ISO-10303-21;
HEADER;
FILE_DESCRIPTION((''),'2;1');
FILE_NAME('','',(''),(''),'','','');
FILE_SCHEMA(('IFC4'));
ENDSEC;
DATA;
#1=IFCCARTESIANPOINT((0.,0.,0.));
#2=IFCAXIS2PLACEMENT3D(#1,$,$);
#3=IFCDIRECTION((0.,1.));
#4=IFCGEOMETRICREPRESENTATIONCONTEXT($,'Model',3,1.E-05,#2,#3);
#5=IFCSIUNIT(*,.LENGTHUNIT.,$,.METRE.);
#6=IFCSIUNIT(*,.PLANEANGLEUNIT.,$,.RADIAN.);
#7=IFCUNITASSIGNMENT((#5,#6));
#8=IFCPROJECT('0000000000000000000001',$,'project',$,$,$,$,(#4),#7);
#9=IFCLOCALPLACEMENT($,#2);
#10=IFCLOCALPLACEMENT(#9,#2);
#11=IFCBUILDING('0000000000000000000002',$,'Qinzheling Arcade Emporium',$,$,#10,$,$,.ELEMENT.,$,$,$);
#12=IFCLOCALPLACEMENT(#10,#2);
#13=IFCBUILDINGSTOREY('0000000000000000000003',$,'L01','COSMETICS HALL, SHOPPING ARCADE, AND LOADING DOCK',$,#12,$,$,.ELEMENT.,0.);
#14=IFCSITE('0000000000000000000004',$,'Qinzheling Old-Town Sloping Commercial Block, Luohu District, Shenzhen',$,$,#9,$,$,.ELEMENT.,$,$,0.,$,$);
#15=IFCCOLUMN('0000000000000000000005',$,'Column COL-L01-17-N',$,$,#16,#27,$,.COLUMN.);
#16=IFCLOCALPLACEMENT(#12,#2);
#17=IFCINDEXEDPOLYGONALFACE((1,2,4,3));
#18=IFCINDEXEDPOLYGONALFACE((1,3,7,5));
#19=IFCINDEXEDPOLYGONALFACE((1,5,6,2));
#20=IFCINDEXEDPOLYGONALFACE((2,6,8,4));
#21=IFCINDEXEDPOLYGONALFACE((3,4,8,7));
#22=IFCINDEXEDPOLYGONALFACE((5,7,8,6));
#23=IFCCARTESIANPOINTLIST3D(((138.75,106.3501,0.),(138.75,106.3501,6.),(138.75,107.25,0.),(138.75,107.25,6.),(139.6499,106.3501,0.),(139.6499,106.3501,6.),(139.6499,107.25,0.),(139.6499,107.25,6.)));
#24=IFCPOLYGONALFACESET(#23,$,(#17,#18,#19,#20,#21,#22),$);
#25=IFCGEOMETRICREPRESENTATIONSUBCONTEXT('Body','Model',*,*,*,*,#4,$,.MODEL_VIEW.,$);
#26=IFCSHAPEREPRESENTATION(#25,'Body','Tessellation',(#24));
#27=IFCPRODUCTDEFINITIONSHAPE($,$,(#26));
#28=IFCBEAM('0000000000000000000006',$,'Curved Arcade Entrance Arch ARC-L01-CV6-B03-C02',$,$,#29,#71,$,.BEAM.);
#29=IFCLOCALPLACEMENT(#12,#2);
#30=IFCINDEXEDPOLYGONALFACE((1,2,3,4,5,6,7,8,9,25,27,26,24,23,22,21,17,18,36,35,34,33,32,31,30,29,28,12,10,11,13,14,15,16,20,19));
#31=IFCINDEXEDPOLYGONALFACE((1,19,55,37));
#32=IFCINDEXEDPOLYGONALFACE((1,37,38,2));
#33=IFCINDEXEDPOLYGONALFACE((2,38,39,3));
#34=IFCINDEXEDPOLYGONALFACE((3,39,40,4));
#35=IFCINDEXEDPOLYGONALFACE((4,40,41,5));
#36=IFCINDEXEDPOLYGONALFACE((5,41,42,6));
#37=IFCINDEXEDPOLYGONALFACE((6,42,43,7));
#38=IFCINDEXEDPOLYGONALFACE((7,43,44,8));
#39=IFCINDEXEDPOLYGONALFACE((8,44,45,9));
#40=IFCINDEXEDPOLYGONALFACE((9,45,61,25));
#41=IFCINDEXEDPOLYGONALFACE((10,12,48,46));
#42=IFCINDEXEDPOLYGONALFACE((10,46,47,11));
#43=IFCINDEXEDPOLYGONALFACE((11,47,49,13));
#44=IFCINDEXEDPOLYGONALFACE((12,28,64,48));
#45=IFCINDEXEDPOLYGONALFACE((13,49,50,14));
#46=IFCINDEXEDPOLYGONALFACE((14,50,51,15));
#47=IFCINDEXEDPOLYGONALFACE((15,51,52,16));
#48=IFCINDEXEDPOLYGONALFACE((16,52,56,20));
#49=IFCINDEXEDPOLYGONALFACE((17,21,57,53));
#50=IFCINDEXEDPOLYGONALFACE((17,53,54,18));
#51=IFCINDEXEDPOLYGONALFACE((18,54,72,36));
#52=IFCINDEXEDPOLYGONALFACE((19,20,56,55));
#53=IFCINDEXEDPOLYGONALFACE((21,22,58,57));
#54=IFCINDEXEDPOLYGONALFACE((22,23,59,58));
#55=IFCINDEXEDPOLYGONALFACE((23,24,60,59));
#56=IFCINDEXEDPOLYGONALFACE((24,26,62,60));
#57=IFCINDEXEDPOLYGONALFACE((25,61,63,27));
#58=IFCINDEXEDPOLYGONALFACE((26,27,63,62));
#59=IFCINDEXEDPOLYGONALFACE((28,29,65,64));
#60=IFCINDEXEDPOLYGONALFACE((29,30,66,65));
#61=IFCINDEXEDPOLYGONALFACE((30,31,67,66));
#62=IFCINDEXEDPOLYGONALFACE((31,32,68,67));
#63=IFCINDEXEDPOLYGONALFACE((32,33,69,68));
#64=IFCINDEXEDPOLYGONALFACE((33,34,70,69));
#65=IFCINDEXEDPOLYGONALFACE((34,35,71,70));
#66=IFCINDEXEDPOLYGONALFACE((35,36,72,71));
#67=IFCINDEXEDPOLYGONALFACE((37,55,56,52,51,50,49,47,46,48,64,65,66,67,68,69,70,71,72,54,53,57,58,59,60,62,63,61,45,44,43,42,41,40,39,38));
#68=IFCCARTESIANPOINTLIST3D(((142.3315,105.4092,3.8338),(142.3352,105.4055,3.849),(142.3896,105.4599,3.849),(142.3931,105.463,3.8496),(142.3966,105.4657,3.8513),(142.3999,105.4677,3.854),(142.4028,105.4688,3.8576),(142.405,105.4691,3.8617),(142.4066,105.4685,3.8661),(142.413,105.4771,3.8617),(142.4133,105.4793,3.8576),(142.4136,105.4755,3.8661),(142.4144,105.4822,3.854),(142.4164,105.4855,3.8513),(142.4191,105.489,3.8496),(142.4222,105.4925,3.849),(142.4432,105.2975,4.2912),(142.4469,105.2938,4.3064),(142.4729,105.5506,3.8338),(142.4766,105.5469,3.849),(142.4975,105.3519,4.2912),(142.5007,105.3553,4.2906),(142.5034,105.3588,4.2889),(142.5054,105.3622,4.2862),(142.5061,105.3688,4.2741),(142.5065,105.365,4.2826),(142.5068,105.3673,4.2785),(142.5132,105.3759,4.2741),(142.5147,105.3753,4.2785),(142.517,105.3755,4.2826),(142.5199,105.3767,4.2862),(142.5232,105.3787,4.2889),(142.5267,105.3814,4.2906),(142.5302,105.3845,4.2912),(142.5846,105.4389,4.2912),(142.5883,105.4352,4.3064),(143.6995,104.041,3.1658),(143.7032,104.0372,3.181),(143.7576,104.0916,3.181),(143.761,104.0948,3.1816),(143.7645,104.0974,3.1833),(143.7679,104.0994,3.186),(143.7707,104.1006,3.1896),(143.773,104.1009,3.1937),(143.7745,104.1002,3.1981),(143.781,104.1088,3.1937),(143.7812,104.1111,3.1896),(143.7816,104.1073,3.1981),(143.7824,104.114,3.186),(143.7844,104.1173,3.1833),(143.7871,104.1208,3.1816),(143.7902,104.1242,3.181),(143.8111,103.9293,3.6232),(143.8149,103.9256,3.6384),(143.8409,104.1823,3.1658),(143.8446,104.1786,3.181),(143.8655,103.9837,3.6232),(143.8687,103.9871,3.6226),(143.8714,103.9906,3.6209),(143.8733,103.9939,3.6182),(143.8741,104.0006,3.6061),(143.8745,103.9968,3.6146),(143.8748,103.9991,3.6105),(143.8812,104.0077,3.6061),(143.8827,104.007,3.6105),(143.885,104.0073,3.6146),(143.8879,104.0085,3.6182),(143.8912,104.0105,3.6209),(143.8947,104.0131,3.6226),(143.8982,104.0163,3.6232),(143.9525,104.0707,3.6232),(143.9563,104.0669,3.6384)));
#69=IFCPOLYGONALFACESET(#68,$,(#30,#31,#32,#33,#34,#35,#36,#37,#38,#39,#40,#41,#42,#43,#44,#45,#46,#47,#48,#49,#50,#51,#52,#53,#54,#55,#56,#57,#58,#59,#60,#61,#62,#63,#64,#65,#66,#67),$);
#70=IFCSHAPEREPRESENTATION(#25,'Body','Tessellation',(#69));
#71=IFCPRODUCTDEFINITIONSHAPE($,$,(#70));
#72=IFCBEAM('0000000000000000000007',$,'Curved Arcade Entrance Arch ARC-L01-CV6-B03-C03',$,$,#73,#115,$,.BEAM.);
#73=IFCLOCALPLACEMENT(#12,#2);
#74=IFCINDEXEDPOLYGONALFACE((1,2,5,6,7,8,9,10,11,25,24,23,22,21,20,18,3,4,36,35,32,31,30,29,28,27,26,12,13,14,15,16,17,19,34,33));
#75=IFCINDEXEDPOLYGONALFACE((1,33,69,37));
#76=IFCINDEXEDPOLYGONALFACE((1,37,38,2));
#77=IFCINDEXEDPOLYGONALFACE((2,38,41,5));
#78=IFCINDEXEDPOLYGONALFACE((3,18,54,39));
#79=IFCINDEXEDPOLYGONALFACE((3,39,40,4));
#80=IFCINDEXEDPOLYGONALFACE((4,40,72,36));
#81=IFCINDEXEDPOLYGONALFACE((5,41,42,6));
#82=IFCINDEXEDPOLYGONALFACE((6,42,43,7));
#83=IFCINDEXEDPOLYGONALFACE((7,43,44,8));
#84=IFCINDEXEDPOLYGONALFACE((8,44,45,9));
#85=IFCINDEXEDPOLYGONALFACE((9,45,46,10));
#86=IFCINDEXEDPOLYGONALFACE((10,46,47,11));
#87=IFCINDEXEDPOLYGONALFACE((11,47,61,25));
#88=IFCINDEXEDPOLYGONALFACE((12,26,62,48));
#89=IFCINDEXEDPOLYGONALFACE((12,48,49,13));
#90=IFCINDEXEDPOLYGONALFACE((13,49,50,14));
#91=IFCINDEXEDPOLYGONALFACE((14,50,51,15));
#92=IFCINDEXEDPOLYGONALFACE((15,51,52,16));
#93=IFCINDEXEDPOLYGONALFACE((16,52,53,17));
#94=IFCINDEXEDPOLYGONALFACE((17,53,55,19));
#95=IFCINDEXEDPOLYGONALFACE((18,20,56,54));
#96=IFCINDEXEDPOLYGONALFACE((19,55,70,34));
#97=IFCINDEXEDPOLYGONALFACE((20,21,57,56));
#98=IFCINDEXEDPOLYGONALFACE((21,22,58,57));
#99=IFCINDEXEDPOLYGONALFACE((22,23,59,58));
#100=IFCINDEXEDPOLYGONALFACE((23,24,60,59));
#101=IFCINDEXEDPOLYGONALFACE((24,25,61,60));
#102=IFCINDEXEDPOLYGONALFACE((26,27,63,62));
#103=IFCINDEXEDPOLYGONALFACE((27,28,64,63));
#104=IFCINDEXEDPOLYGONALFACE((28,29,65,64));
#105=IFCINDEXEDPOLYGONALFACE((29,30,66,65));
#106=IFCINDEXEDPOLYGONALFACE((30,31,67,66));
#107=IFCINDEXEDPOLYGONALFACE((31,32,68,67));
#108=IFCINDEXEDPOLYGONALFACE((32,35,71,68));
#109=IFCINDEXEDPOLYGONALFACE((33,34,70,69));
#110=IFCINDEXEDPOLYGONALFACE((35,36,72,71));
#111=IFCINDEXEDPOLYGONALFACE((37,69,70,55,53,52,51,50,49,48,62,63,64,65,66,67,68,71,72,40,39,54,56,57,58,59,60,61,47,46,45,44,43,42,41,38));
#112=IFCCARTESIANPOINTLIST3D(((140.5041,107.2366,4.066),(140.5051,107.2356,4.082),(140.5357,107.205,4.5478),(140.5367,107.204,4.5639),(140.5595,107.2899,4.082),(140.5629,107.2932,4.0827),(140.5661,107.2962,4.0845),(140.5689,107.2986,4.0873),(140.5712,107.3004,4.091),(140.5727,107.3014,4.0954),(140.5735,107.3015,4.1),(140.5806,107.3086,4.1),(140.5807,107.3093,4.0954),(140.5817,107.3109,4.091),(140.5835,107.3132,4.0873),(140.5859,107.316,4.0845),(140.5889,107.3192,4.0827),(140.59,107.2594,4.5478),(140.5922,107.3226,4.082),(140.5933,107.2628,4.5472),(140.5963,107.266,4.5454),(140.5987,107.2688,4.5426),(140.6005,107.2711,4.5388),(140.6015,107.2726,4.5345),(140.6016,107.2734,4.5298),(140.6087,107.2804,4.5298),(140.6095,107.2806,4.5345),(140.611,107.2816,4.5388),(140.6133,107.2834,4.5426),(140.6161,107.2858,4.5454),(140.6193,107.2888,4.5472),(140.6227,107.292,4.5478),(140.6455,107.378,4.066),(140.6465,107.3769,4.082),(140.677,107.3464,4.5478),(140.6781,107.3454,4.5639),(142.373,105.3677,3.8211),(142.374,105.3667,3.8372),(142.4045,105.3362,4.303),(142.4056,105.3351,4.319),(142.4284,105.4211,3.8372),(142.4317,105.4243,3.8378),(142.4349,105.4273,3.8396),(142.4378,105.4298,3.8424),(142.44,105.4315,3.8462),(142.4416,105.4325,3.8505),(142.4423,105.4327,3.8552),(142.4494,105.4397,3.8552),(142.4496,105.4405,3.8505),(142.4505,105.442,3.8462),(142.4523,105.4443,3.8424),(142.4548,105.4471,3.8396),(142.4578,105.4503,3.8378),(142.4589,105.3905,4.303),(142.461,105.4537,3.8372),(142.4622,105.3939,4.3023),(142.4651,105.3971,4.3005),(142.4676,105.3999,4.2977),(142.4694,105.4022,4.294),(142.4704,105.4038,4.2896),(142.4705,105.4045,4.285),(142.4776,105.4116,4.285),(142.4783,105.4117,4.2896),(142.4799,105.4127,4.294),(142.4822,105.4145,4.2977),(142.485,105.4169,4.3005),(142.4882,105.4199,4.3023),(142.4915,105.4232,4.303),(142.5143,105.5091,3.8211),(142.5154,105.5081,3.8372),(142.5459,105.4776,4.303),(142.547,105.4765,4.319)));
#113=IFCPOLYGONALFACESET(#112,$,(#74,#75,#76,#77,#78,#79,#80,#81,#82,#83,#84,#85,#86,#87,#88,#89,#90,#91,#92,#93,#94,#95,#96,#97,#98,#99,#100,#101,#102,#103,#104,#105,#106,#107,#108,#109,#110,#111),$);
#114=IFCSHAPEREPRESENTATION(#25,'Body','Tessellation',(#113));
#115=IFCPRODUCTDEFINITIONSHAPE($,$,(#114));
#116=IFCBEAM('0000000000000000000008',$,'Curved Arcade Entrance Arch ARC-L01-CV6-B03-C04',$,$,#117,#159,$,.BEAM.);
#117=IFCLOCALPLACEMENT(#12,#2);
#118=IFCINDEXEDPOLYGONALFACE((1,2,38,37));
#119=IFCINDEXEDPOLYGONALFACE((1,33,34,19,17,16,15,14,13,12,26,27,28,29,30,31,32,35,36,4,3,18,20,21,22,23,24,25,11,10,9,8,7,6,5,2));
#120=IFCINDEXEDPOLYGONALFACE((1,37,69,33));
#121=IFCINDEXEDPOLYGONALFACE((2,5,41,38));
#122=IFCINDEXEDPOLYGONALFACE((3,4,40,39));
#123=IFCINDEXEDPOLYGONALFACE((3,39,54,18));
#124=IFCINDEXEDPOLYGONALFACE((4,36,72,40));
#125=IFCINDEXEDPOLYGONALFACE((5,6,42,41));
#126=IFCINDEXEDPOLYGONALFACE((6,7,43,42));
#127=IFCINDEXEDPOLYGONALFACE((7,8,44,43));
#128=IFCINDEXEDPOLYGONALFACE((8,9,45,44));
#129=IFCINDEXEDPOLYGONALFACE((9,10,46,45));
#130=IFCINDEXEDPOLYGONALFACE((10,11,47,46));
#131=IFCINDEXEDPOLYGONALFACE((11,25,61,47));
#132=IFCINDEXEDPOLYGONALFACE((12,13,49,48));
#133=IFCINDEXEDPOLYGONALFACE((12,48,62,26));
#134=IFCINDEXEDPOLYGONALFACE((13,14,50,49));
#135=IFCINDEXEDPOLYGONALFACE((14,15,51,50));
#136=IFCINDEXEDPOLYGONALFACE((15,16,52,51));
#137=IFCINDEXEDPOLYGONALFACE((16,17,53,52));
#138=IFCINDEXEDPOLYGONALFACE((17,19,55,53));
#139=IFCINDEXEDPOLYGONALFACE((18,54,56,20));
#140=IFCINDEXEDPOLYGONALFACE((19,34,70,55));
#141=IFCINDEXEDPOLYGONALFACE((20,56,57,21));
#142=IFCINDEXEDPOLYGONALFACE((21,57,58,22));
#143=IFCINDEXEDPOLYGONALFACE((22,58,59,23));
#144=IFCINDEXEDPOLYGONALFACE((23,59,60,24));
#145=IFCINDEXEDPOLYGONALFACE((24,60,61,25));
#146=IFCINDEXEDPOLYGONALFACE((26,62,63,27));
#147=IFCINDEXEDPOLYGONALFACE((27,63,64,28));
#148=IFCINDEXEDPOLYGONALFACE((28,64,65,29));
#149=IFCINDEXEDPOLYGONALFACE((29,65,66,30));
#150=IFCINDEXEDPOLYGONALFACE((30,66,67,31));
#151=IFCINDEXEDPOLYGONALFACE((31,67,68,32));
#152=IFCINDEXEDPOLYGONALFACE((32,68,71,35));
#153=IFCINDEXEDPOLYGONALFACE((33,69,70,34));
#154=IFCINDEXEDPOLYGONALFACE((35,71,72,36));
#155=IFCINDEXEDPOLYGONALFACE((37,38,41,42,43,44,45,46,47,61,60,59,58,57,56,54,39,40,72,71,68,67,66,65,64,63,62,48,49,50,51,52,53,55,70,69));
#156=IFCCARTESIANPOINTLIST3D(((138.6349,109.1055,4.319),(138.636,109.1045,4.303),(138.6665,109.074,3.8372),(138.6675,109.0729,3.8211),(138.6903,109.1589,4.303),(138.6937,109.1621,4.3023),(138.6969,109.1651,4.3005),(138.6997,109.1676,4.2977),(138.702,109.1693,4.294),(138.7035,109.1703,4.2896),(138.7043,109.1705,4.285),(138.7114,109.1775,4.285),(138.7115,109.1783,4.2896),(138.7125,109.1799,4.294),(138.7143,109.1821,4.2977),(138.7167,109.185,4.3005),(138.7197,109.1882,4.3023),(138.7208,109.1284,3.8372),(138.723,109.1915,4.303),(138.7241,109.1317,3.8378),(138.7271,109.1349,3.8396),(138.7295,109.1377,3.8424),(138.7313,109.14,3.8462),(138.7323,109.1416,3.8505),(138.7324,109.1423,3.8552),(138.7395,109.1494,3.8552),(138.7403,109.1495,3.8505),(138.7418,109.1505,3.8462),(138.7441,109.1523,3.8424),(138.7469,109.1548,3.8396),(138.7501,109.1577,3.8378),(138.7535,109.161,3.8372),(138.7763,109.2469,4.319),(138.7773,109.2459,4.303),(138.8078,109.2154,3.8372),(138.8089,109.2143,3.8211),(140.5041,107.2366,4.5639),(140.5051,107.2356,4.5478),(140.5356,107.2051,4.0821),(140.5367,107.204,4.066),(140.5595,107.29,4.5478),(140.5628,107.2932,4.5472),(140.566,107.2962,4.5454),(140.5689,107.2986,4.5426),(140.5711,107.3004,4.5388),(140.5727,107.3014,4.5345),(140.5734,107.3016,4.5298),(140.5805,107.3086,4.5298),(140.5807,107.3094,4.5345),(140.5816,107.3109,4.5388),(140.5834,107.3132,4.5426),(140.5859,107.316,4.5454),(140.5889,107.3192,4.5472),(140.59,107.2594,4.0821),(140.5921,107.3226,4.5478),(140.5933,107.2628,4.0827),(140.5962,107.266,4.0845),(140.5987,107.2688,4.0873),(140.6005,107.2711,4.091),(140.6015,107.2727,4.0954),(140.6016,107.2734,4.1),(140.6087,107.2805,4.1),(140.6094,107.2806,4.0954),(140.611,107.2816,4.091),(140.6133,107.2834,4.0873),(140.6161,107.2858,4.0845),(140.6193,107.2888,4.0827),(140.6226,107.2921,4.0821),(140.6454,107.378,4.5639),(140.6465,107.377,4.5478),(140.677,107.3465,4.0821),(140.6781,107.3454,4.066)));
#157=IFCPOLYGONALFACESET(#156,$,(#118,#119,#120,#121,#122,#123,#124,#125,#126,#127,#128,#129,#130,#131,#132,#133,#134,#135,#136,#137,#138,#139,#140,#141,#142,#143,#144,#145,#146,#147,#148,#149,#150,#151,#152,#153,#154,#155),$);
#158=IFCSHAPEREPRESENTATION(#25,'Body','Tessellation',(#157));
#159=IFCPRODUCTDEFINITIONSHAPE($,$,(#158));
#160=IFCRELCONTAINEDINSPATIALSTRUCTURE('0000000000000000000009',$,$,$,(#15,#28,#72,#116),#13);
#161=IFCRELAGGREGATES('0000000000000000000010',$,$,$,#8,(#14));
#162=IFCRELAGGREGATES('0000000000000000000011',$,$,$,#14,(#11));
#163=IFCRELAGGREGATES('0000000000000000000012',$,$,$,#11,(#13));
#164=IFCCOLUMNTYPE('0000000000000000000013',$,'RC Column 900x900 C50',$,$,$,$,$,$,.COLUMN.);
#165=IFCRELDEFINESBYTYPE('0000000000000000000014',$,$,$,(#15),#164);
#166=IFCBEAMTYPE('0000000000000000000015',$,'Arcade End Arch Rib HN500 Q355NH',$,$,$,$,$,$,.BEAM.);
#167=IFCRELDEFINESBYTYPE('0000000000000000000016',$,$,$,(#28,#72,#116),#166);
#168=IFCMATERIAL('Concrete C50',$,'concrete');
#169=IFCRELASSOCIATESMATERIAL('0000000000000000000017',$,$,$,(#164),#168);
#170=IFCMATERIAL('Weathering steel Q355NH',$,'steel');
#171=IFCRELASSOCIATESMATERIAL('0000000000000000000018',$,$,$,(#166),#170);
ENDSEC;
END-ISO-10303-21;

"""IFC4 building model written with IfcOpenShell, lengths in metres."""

from ifc_helpers import new_model, si_unit, direction, frame, origin, origin_2d, place, context, subcontext, project, spatial, rectangle, i_section, extrude, material, material_profile, profile_set, type_object, element, save


model = new_model("IFC4")

# Units and contexts
model_context = context("Model", 3, precision=1e-05, world=origin(), true_north=direction((0.0, 1.0)))
body_context = subcontext(model_context, "Body", "Model", "MODEL_VIEW")
ifc_project = project(units=[si_unit("LENGTHUNIT", "METRE"), si_unit("PLANEANGLEUNIT", "RADIAN")], contexts=[model_context])

# Site, building, storey
site_placement = place(None, origin())
site = spatial("IfcSite", under=ifc_project, at=site_placement, Name="Qinzheling Old-Town Sloping Commercial Block, Luohu District, Shenzhen", CompositionType="ELEMENT", RefElevation=0.0)
building_placement = place(site_placement, origin())
building = spatial("IfcBuilding", under=site, at=building_placement, Name="Qinzheling Arcade Emporium", CompositionType="ELEMENT")
storey_placement = place(building_placement, origin())
storey = spatial("IfcBuildingStorey", under=building, at=storey_placement, Name="L01", Description="COSMETICS HALL, SHOPPING ARCADE, AND LOADING DOCK", CompositionType="ELEMENT", Elevation=0.0)

# Column
ifc_material_1 = material(Name="Concrete C50", Category="concrete")
ifc_material_profile_1 = material_profile(ifc_material_1, rectangle(XDim=0.8999, YDim=0.8999, at=origin_2d()), Name="RC 900x900", Category="concrete")
ifc_profile_set_1 = profile_set([ifc_material_profile_1], Name="Concrete C50")
column_type = type_object("IfcColumnType", Name="RC Column 900x900 C50", PredefinedType="COLUMN", material=ifc_profile_set_1)
column_placement = place(storey_placement, frame((139.2, 106.8, 0.0), z_axis=(0.0, 0.0, 1.0), x_axis=(1.0, 0.0, 0.0)))
element("IfcColumn", 1, at=column_placement, inside=storey, type_object=column_type, Name="Column COL-L01-17-N", PredefinedType="COLUMN", context=body_context, shape_type="SweptSolid", body=[
    extrude(rectangle(XDim=0.8999, YDim=0.8999, at=origin_2d()), origin(), (0.0, 0.0, 1.0), 6.0),
])

# Beams
ifc_material_2 = material(Name="Weathering steel Q355NH", Category="steel")
ifc_material_profile_2 = material_profile(ifc_material_2, i_section(OverallWidth=0.2, OverallDepth=0.5, WebThickness=0.01, FlangeThickness=0.0161, FilletRadius=0.0181, at=origin_2d()), Name="HN 500x200x10x16", Category="steel")
ifc_profile_set_2 = profile_set([ifc_material_profile_2], Name="Weathering steel Q355NH")
beam_type_1 = type_object("IfcBeamType", Name="Arcade End Arch Rib HN500 Q355NH", PredefinedType="BEAM", material=ifc_profile_set_2)
beam_1_placement = place(storey_placement, frame((143.8279, 104.054, 3.4021), z_axis=(-0.668332, 0.668451, 0.326353), x_axis=(-0.70717, -0.707044, 0.0)))
element("IfcBeam", 2, at=beam_1_placement, inside=storey, type_object=beam_type_1, Name="Curved Arcade Entrance Arch ARC-L01-CV6-B03-C02", PredefinedType="BEAM", context=body_context, shape_type="SweptSolid", body=[
    extrude(i_section(OverallWidth=0.2, OverallDepth=0.5, WebThickness=0.01, FlangeThickness=0.0161, FilletRadius=0.0181, at=origin_2d()), origin(), (0.0, 0.0, 1.0), 2.0469),
])
beam_2_placement = place(storey_placement, frame((142.46, 105.4221, 4.0701), z_axis=(-0.704091, 0.704091, 0.092254), x_axis=(-0.707107, -0.707107, 0.0)))
element("IfcBeam", 3, at=beam_2_placement, inside=storey, type_object=beam_type_1, Name="Curved Arcade Entrance Arch ARC-L01-CV6-B03-C03", PredefinedType="BEAM", context=body_context, shape_type="SweptSolid", body=[
    extrude(i_section(OverallWidth=0.2, OverallDepth=0.5, WebThickness=0.01, FlangeThickness=0.0161, FilletRadius=0.0181, at=origin_2d()), origin(), (0.0, 0.0, 1.0), 2.6543),
])
beam_3_placement = place(storey_placement, frame((140.5911, 107.291, 4.3149), z_axis=(-0.704138, 0.704046, -0.092248), x_axis=(-0.707061, -0.707153, 0.0)))
element("IfcBeam", 4, at=beam_3_placement, inside=storey, type_object=beam_type_1, Name="Curved Arcade Entrance Arch ARC-L01-CV6-B03-C04", PredefinedType="BEAM", context=body_context, shape_type="SweptSolid", body=[
    extrude(i_section(OverallWidth=0.2, OverallDepth=0.5, WebThickness=0.01, FlangeThickness=0.0161, FilletRadius=0.0181, at=origin_2d()), origin(), (0.0, 0.0, 1.0), 2.6545),
])

save(model, "model.ifc")
